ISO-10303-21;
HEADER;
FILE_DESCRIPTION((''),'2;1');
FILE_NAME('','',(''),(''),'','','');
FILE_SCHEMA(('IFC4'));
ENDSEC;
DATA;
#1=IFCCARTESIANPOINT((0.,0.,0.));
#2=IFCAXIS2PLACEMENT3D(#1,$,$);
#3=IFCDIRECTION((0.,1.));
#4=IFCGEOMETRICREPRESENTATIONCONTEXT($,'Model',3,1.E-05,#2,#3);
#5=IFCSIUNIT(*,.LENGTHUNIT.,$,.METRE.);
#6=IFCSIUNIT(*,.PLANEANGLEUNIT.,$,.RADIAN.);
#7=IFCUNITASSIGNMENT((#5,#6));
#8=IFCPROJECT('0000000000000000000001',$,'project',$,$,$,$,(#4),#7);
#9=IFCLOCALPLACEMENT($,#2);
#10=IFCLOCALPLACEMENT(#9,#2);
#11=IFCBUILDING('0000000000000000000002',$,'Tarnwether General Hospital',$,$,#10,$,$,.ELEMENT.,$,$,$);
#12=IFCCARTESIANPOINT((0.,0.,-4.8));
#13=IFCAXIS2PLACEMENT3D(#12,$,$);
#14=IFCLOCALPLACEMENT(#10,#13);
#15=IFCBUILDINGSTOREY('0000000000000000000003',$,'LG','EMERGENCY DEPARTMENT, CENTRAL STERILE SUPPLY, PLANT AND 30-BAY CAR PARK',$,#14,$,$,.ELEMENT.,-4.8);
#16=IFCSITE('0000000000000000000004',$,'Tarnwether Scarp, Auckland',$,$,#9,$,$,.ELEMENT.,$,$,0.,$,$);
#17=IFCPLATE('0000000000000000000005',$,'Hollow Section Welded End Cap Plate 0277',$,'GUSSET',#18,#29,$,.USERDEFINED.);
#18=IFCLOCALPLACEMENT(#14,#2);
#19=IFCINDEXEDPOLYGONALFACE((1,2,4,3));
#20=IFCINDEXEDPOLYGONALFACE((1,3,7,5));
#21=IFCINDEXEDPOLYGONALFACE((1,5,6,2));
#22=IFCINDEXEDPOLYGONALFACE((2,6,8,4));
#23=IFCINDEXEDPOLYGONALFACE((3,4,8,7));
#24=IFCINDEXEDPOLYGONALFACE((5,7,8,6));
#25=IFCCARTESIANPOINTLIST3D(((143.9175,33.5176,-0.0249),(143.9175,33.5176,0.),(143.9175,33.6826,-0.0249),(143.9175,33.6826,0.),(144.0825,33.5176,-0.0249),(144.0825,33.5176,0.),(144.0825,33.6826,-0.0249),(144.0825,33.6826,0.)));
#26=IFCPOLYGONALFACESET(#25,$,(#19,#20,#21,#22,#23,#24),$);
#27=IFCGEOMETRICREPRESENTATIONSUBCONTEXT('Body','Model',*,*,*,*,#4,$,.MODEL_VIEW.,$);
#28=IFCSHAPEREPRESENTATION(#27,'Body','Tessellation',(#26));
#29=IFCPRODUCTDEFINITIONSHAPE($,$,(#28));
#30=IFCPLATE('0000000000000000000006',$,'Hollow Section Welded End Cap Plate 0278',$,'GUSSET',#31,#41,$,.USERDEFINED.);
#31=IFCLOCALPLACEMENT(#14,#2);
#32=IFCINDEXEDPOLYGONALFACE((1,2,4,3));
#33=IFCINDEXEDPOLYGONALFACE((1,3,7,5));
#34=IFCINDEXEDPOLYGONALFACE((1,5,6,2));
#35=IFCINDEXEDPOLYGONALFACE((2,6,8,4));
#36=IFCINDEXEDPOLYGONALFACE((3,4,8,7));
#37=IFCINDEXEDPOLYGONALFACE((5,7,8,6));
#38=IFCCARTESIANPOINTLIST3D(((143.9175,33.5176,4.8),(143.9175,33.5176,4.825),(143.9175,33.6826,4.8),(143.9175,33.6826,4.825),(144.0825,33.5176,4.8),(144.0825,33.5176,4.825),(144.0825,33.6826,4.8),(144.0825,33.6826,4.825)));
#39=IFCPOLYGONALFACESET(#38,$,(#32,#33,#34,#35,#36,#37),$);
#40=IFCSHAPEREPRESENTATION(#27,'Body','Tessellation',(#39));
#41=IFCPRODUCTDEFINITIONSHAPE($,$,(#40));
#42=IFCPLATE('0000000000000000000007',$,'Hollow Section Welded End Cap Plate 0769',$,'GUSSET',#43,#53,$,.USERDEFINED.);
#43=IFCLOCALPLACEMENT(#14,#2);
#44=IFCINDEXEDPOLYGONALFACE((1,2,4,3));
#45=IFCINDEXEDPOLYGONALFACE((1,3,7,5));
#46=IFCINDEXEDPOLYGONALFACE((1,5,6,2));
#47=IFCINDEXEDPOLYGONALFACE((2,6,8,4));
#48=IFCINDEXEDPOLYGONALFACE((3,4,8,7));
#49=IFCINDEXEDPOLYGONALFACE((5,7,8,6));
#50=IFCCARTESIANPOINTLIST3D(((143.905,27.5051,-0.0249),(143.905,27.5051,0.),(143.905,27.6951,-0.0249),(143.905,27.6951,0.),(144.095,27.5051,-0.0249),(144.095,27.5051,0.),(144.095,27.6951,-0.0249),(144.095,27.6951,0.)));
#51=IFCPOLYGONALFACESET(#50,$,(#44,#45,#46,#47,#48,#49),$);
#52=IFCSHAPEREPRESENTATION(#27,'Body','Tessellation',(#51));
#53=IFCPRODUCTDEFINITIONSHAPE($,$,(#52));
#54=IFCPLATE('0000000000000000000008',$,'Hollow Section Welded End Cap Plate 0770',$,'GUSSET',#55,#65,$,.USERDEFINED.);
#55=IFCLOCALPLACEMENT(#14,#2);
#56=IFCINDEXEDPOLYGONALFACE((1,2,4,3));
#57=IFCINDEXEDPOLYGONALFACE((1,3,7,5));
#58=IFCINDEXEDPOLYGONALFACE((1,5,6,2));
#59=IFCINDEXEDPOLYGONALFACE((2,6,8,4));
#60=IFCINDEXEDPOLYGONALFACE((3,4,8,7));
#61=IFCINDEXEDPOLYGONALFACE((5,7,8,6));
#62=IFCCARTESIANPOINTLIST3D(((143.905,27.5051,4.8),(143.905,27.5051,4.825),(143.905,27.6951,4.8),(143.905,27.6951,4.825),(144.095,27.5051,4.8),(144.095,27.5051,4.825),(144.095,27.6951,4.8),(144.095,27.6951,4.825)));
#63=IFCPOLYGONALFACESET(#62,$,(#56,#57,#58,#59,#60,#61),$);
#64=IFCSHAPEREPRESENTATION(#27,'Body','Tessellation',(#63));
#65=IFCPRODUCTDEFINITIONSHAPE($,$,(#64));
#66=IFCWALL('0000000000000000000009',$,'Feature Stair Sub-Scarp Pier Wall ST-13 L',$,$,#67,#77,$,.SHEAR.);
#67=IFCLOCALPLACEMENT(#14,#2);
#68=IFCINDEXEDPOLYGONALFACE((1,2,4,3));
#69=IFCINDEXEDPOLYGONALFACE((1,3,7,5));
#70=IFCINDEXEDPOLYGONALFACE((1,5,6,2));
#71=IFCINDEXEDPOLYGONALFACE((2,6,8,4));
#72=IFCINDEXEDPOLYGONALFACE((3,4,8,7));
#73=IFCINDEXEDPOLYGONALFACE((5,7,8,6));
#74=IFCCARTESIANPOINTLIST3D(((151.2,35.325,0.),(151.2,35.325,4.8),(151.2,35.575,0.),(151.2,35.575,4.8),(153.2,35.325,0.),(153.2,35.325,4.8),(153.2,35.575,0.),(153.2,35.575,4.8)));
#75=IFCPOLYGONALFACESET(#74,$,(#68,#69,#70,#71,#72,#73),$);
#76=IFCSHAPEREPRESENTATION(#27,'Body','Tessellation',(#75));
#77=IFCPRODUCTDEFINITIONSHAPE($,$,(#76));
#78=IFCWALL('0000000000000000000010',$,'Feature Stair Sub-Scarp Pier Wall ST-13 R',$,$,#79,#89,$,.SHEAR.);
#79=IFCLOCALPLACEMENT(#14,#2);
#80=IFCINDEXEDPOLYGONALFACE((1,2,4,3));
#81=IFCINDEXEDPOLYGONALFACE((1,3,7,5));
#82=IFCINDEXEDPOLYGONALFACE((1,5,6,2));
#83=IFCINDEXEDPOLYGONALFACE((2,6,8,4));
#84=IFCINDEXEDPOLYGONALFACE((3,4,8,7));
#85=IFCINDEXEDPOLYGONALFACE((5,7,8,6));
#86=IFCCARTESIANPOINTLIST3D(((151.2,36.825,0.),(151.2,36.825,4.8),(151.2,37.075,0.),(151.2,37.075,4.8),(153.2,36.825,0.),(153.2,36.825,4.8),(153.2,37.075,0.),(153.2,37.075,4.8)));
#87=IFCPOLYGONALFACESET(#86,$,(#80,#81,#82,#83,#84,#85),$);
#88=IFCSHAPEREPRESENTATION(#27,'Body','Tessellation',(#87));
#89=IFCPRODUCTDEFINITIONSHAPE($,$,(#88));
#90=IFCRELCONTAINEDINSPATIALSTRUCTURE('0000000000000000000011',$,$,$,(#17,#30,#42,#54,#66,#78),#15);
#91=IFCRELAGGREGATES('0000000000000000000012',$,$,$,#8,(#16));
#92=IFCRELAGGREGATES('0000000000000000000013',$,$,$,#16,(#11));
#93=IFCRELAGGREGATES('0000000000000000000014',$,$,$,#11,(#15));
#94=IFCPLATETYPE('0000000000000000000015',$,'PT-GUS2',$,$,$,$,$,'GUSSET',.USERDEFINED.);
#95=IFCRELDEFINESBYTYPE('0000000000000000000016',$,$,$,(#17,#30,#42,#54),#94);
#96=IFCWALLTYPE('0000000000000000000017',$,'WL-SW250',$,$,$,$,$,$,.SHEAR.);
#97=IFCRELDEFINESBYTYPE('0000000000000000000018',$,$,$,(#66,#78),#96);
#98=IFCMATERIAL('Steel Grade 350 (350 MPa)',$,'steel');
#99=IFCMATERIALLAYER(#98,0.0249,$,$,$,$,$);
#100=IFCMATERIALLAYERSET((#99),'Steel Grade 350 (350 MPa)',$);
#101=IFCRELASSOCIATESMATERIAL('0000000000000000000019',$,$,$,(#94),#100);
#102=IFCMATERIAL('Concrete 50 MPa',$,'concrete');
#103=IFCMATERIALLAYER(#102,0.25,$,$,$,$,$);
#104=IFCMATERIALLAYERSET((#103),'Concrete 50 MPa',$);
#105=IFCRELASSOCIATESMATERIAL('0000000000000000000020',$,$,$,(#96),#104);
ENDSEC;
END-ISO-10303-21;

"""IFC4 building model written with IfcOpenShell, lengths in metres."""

from ifc_helpers import new_model, si_unit, direction, frame, frame_2d, origin, origin_2d, place, context, subcontext, project, spatial, rectangle, extrude, material, layer, layer_set, type_object, element, save


model = new_model("IFC4")

# Units and contexts
model_context = context("Model", 3, precision=1e-05, world=origin(), true_north=direction((0.0, 1.0)))
body_context = subcontext(model_context, "Body", "Model", "MODEL_VIEW")
ifc_project = project(units=[si_unit("LENGTHUNIT", "METRE"), si_unit("PLANEANGLEUNIT", "RADIAN")], contexts=[model_context])

# Site, building, storey
site_placement = place(None, origin())
site = spatial("IfcSite", under=ifc_project, at=site_placement, Name="Tarnwether Scarp, Auckland", CompositionType="ELEMENT", RefElevation=0.0)
building_placement = place(site_placement, origin())
building = spatial("IfcBuilding", under=site, at=building_placement, Name="Tarnwether General Hospital", CompositionType="ELEMENT")
storey_placement = place(building_placement, frame((0.0, 0.0, -4.8)))
storey = spatial("IfcBuildingStorey", under=building, at=storey_placement, Name="LG", Description="EMERGENCY DEPARTMENT, CENTRAL STERILE SUPPLY, PLANT AND 30-BAY CAR PARK", CompositionType="ELEMENT", Elevation=-4.8)

# Plates
ifc_material_1 = material(Name="Steel Grade 350 (350 MPa)", Category="steel")
ifc_layer_1 = layer(ifc_material_1, 0.0249)
ifc_layer_set_1 = layer_set([ifc_layer_1], Name="Steel Grade 350 (350 MPa)")
plate_type = type_object("IfcPlateType", Name="PT-GUS2", ElementType="GUSSET", PredefinedType="USERDEFINED", material=ifc_layer_set_1)
for number, where, z_axis, x_axis, name in (
    (1, (144.0, 33.6001, -0.0249), (0.0, 0.0, 1.0), (1.0, 0.0, 0.0), "Hollow Section Welded End Cap Plate 0277"),
    (2, (144.0, 33.6001, 4.8), (0.0, 0.0, 1.0), (1.0, 0.0, 0.0), "Hollow Section Welded End Cap Plate 0278"),
):
    element("IfcPlate", number, at=place(storey_placement, frame(where, z_axis=z_axis, x_axis=x_axis)), inside=storey, type_object=plate_type, Name=name, ObjectType="GUSSET", PredefinedType="USERDEFINED", context=body_context, shape_type="SweptSolid", body=[
        extrude(rectangle(XDim=0.165, YDim=0.165, at=origin_2d()), origin(), (0.0, 0.0, 1.0), 0.0249),
    ])
for number, where, z_axis, x_axis, name in (
    (3, (144.0, 27.6001, -0.0249), (0.0, 0.0, 1.0), (1.0, 0.0, 0.0), "Hollow Section Welded End Cap Plate 0769"),
    (4, (144.0, 27.6001, 4.8), (0.0, 0.0, 1.0), (1.0, 0.0, 0.0), "Hollow Section Welded End Cap Plate 0770"),
):
    element("IfcPlate", number, at=place(storey_placement, frame(where, z_axis=z_axis, x_axis=x_axis)), inside=storey, type_object=plate_type, Name=name, ObjectType="GUSSET", PredefinedType="USERDEFINED", context=body_context, shape_type="SweptSolid", body=[
        extrude(rectangle(XDim=0.1899, YDim=0.1899, at=origin_2d()), origin(), (0.0, 0.0, 1.0), 0.0249),
    ])

# Walls
ifc_material_2 = material(Name="Concrete 50 MPa", Category="concrete")
ifc_layer_2 = layer(ifc_material_2, 0.25)
ifc_layer_set_2 = layer_set([ifc_layer_2], Name="Concrete 50 MPa")
wall_type = type_object("IfcWallType", Name="WL-SW250", PredefinedType="SHEAR", material=ifc_layer_set_2)
for number, where, z_axis, x_axis, name in (
    (5, (151.2, 35.45, 0.0), (0.0, 0.0, 1.0), (1.0, 0.0, 0.0), "Feature Stair Sub-Scarp Pier Wall ST-13 L"),
    (6, (151.2, 36.95, 0.0), (0.0, 0.0, 1.0), (1.0, 0.0, 0.0), "Feature Stair Sub-Scarp Pier Wall ST-13 R"),
):
    element("IfcWall", number, at=place(storey_placement, frame(where, z_axis=z_axis, x_axis=x_axis)), inside=storey, type_object=wall_type, Name=name, PredefinedType="SHEAR", context=body_context, shape_type="SweptSolid", body=[
        extrude(rectangle(XDim=2.0, YDim=0.25, at=frame_2d((1.0, 0.0))), origin(), (0.0, 0.0, 1.0), 4.8),
    ])

save(model, "model.ifc")
